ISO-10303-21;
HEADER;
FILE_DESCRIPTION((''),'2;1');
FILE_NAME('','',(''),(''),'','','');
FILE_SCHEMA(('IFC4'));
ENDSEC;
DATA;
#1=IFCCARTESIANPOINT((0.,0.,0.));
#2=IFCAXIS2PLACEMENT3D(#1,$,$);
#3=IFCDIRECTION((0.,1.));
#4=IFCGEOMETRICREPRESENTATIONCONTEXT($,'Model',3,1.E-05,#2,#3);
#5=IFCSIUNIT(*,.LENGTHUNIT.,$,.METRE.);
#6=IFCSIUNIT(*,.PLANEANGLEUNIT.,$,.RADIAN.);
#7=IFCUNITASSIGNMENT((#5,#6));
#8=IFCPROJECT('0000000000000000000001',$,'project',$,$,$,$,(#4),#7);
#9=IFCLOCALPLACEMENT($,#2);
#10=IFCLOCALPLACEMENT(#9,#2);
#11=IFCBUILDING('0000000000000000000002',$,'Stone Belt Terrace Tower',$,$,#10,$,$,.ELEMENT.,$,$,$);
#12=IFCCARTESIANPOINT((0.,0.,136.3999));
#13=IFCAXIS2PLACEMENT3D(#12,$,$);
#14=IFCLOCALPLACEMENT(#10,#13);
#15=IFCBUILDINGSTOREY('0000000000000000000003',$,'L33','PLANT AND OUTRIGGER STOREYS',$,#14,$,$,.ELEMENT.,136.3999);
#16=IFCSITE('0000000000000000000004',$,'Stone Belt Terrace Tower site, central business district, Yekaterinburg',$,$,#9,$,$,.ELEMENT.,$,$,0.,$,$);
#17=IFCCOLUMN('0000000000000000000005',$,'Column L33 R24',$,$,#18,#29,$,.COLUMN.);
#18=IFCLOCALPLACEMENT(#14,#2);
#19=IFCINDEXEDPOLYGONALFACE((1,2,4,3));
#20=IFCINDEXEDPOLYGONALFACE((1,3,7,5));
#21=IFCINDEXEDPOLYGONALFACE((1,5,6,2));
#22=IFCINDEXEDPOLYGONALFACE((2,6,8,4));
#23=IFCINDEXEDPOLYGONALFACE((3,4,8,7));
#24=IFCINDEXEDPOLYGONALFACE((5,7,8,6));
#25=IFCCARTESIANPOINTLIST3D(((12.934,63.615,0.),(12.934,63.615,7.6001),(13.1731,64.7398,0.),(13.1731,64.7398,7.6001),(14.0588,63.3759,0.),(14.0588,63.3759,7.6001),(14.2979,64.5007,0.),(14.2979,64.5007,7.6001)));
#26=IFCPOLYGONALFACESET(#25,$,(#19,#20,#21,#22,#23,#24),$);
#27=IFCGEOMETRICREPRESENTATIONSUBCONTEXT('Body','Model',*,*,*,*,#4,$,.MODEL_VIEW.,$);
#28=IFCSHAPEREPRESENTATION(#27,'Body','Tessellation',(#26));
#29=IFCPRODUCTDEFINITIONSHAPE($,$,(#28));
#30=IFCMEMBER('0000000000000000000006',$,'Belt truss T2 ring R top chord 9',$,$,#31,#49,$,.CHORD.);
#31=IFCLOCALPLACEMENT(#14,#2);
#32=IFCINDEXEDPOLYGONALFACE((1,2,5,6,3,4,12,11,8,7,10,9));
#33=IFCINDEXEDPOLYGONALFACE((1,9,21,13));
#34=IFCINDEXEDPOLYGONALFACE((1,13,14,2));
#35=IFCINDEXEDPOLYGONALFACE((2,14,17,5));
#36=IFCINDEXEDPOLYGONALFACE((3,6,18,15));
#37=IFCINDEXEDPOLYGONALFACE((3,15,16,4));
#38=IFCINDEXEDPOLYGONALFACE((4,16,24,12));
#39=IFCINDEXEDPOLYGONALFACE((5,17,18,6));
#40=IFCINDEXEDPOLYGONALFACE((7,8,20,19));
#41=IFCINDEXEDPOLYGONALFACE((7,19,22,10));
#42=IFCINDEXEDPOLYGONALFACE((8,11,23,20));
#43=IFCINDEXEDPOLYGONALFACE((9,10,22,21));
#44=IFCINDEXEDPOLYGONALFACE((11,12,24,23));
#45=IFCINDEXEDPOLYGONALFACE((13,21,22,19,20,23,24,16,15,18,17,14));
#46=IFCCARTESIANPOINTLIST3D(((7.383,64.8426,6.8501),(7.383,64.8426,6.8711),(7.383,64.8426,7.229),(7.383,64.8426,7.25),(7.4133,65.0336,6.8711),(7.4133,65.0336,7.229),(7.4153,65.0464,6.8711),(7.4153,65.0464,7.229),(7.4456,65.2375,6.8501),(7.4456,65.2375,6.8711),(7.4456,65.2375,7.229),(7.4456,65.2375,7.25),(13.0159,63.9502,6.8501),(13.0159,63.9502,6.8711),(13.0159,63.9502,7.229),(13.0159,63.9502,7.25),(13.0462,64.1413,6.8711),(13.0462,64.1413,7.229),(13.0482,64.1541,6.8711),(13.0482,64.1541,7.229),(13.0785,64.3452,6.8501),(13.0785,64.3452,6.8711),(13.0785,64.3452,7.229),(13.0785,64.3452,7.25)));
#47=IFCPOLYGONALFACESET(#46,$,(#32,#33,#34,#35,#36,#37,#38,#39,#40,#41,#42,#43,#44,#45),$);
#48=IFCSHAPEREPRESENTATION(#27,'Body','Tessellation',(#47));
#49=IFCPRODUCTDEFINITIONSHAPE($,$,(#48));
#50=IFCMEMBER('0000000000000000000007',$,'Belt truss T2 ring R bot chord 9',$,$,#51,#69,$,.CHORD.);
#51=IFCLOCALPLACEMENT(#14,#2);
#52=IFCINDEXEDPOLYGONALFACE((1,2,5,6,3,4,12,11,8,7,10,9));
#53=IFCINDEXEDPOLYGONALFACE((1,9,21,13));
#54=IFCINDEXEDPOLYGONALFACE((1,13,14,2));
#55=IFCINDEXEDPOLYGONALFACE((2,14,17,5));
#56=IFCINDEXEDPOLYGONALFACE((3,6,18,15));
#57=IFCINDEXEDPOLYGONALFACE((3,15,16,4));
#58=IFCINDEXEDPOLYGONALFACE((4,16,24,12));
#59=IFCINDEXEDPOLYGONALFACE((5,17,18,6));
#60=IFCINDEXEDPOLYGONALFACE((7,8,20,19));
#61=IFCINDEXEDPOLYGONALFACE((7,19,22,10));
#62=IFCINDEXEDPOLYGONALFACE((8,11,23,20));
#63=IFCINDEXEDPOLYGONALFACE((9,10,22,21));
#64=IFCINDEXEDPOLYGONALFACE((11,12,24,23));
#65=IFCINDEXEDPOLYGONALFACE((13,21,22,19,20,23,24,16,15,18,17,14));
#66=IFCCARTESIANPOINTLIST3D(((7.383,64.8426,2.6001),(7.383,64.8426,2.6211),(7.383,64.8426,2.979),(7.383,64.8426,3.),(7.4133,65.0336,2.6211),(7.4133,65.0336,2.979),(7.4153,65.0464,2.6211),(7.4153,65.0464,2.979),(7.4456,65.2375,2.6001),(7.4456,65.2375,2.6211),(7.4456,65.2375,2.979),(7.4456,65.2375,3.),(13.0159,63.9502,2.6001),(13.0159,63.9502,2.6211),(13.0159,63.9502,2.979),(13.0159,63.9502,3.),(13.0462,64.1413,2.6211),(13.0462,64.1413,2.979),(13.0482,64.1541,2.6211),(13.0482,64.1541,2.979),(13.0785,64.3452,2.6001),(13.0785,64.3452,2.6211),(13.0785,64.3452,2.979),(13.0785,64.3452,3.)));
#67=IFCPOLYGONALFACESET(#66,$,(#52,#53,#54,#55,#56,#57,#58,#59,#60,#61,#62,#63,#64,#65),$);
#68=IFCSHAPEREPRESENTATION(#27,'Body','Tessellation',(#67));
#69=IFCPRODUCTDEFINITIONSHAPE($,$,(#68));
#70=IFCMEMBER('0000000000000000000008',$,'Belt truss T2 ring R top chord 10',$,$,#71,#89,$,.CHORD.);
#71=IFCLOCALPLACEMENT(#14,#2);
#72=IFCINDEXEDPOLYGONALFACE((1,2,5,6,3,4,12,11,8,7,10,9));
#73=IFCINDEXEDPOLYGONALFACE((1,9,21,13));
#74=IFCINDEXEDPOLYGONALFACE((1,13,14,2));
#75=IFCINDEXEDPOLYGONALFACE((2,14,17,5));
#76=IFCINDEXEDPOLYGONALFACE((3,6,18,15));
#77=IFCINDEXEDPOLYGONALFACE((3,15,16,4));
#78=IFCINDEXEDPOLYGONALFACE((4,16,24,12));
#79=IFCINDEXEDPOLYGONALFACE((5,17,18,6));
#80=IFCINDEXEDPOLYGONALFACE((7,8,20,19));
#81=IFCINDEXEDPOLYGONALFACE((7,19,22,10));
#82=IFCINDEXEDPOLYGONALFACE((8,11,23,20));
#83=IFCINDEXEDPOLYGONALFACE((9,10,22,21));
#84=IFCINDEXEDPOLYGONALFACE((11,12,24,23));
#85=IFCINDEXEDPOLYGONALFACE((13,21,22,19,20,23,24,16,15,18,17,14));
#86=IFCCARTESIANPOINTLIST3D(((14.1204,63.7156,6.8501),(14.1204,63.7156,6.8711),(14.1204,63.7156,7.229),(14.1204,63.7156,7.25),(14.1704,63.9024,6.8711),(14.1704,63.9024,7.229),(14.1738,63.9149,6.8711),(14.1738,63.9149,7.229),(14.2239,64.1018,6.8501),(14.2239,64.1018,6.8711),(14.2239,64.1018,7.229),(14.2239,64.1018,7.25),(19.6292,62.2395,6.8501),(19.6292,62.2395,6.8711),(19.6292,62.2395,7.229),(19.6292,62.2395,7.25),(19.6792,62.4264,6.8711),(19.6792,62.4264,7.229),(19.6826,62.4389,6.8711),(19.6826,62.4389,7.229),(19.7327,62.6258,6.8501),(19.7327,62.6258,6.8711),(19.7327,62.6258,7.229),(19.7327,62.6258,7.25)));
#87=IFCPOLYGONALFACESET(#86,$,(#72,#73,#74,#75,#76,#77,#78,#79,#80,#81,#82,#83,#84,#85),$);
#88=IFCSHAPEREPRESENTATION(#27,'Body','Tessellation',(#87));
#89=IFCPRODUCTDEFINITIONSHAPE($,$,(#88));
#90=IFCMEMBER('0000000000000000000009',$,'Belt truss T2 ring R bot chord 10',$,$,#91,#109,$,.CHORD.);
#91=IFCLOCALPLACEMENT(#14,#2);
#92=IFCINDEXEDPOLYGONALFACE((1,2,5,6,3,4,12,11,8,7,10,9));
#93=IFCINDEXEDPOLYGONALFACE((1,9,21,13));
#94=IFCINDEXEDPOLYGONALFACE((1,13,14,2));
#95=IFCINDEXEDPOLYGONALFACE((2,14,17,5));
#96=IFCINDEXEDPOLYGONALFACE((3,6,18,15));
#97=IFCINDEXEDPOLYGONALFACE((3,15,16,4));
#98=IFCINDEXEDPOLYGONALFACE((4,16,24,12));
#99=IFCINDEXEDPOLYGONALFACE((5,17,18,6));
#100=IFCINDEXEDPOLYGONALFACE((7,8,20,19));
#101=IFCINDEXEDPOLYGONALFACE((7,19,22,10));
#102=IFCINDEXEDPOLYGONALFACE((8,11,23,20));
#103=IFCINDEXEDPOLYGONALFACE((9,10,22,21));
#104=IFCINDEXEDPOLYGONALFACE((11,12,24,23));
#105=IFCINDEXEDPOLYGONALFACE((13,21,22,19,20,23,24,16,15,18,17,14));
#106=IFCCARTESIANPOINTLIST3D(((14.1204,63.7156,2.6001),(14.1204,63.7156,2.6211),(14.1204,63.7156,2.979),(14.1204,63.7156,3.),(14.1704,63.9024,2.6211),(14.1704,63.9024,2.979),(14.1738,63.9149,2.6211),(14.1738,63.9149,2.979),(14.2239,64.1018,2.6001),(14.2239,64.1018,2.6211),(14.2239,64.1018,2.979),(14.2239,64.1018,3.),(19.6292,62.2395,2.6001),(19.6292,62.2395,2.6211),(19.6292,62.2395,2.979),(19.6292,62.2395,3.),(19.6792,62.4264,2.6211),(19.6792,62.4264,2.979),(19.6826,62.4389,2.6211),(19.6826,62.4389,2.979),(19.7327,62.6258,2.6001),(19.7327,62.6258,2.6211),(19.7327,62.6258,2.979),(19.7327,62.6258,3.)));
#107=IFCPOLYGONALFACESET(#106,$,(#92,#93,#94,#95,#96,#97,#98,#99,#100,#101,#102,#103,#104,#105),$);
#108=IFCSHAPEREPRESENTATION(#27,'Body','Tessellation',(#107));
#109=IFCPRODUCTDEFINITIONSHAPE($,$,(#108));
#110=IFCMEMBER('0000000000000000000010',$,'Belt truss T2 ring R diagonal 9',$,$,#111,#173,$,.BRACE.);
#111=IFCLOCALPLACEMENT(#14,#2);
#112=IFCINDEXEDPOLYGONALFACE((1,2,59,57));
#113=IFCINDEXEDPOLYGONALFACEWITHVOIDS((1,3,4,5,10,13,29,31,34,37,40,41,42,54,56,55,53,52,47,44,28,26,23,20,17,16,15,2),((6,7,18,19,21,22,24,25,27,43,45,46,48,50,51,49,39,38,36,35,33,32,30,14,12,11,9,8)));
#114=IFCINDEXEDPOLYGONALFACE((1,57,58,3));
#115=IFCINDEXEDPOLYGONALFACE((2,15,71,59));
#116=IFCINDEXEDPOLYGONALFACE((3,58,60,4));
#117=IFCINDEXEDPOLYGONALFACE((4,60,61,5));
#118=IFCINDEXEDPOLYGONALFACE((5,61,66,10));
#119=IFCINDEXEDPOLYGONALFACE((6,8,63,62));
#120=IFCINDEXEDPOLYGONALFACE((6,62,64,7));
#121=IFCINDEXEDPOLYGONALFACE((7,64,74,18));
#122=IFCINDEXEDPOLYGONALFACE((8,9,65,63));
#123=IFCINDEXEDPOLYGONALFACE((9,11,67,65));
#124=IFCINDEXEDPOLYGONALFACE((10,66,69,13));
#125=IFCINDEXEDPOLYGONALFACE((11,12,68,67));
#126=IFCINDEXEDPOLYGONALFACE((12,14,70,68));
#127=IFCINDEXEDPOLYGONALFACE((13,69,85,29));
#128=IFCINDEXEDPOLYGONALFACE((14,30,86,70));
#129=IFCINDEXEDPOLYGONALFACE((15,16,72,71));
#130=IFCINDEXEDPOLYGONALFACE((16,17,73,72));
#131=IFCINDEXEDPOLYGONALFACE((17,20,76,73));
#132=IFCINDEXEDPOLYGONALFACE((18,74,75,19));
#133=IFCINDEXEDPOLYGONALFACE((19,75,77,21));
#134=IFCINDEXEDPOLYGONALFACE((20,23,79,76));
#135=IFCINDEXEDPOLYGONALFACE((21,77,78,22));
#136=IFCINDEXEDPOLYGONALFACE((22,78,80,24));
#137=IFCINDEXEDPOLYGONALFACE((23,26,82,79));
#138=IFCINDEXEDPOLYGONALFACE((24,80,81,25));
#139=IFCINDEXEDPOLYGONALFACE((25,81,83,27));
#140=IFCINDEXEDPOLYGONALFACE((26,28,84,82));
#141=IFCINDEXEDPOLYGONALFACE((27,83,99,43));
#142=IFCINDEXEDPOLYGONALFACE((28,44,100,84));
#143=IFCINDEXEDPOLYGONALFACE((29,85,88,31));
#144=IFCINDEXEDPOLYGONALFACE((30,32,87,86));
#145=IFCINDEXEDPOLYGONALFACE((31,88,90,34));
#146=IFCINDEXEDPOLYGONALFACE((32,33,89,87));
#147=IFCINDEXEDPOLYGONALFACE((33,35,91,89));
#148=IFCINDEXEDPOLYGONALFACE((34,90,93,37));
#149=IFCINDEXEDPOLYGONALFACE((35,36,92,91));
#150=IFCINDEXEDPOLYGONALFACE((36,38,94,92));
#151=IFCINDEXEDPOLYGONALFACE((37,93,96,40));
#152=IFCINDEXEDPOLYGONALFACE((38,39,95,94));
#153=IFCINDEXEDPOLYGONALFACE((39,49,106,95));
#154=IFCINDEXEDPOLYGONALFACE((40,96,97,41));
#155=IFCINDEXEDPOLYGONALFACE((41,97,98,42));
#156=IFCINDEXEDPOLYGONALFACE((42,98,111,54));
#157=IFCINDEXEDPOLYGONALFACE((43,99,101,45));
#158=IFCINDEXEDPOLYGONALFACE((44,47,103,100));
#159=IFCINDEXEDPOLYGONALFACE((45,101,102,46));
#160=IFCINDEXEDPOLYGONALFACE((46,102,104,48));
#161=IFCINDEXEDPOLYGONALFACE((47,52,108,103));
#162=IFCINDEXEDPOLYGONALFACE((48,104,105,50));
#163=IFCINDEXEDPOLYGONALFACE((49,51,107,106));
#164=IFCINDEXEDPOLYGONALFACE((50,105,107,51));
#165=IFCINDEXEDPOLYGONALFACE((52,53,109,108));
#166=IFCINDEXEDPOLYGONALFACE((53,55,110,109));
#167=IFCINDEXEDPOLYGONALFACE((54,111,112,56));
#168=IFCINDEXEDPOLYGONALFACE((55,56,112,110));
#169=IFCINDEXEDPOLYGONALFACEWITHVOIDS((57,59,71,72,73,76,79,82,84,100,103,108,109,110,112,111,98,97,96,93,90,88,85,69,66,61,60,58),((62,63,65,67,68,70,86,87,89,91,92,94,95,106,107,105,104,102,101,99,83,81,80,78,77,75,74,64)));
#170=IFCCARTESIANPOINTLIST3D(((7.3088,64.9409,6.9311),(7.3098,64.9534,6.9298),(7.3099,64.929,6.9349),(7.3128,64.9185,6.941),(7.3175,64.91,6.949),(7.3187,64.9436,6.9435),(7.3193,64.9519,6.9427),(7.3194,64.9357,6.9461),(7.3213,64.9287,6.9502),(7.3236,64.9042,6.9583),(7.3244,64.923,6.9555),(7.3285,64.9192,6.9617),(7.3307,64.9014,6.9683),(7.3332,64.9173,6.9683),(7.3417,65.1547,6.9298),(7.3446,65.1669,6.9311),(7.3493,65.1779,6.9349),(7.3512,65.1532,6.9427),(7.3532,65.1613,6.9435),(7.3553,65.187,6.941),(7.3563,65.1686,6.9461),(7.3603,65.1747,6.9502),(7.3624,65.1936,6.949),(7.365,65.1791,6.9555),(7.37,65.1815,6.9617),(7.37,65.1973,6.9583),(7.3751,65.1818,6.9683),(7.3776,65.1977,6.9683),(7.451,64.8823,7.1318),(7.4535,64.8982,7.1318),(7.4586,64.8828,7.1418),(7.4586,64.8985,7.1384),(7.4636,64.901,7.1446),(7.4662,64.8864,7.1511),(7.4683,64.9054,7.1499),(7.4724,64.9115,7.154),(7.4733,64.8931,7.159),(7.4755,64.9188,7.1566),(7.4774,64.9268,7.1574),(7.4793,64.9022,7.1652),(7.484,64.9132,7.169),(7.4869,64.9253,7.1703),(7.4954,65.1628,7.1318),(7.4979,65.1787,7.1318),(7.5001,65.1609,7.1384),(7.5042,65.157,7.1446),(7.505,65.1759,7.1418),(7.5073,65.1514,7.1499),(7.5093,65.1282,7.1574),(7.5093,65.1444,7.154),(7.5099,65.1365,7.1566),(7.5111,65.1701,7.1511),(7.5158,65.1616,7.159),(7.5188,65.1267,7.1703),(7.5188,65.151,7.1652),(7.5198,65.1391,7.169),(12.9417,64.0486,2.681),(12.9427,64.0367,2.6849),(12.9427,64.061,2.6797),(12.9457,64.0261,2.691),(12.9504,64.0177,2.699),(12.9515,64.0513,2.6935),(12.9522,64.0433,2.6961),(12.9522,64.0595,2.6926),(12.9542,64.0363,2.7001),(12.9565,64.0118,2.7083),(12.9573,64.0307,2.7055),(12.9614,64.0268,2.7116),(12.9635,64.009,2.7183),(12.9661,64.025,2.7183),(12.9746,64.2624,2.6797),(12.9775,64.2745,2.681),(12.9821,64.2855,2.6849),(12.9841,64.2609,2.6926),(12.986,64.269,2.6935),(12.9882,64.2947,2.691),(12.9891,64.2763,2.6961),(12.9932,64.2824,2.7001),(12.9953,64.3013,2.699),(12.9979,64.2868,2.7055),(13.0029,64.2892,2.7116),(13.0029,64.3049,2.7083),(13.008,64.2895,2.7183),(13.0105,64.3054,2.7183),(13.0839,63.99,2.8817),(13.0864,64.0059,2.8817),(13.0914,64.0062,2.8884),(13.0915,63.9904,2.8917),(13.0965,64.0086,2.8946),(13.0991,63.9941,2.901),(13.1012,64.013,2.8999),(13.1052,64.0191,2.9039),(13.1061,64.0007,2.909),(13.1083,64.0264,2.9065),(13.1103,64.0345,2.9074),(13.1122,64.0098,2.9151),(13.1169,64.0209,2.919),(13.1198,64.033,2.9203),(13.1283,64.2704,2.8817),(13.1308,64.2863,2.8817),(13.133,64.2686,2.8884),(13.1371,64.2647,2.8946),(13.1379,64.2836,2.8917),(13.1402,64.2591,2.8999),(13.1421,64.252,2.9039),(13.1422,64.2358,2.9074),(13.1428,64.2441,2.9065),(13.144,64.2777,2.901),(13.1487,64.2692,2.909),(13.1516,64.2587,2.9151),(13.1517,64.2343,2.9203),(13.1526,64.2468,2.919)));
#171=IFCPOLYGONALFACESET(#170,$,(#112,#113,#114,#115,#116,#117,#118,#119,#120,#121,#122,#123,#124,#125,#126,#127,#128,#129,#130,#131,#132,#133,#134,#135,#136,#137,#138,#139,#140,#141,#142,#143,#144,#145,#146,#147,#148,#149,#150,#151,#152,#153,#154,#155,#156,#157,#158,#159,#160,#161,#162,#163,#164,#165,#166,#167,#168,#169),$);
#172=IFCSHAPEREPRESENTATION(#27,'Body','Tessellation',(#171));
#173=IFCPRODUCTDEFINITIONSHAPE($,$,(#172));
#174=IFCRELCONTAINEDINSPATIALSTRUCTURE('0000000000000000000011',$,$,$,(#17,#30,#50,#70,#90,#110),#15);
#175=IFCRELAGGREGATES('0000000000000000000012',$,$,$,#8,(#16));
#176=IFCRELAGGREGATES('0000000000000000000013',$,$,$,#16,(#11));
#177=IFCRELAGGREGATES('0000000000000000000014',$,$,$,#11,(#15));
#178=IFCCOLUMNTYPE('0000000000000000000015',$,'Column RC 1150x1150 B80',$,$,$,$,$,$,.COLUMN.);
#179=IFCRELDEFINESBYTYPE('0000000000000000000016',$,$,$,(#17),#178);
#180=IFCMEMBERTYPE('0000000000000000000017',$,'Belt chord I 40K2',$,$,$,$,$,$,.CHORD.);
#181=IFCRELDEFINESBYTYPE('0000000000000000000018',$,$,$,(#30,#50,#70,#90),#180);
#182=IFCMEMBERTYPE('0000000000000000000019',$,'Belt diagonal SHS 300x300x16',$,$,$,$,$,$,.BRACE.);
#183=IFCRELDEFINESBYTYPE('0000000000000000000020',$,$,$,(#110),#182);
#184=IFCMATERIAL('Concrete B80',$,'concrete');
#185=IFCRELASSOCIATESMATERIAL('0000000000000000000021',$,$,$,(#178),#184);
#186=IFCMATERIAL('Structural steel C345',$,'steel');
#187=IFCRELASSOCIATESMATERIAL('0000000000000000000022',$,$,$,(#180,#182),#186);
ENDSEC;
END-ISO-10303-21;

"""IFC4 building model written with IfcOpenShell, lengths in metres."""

from ifc_helpers import new_model, si_unit, direction, frame, origin, origin_2d, place, context, subcontext, project, spatial, rectangle, hollow_rectangle, i_section, extrude, material, material_profile, profile_set, type_object, element, save


model = new_model("IFC4")

# Units and contexts
model_context = context("Model", 3, precision=1e-05, world=origin(), true_north=direction((0.0, 1.0)))
body_context = subcontext(model_context, "Body", "Model", "MODEL_VIEW")
ifc_project = project(units=[si_unit("LENGTHUNIT", "METRE"), si_unit("PLANEANGLEUNIT", "RADIAN")], contexts=[model_context])

# Site, building, storey
site_placement = place(None, origin())
site = spatial("IfcSite", under=ifc_project, at=site_placement, Name="Stone Belt Terrace Tower site, central business district, Yekaterinburg", CompositionType="ELEMENT", RefElevation=0.0)
building_placement = place(site_placement, origin())
building = spatial("IfcBuilding", under=site, at=building_placement, Name="Stone Belt Terrace Tower", CompositionType="ELEMENT")
storey_placement = place(building_placement, frame((0.0, 0.0, 136.3999)))
storey = spatial("IfcBuildingStorey", under=building, at=storey_placement, Name="L33", Description="PLANT AND OUTRIGGER STOREYS", CompositionType="ELEMENT", Elevation=136.3999)

# Column
ifc_material_1 = material(Name="Concrete B80", Category="concrete")
ifc_material_profile_1 = material_profile(ifc_material_1, rectangle(XDim=1.1499, YDim=1.1499, at=origin_2d()), Name="RC 1150x1150")
ifc_profile_set_1 = profile_set([ifc_material_profile_1], Name="Concrete B80")
column_type = type_object("IfcColumnType", Name="Column RC 1150x1150 B80", PredefinedType="COLUMN", material=ifc_profile_set_1)
column_placement = place(storey_placement, frame((13.616, 64.0579, 0.0), z_axis=(0.0, 0.0, 1.0), x_axis=(0.978148, -0.207912, 0.0)))
element("IfcColumn", 1, at=column_placement, inside=storey, type_object=column_type, Name="Column L33 R24", PredefinedType="COLUMN", context=body_context, shape_type="SweptSolid", body=[
    extrude(rectangle(XDim=1.1499, YDim=1.1499, at=origin_2d()), origin(), (0.0, 0.0, 1.0), 7.6001),
])

# Members
ifc_material_2 = material(Name="Structural steel C345", Category="steel")
ifc_material_profile_2 = material_profile(ifc_material_2, i_section(OverallWidth=0.3999, OverallDepth=0.3999, WebThickness=0.0129, FlangeThickness=0.021, at=origin_2d()), Name="I 40K2")
ifc_profile_set_2 = profile_set([ifc_material_profile_2], Name="Structural steel C345")
member_type_1 = type_object("IfcMemberType", Name="Belt chord I 40K2", PredefinedType="CHORD", material=ifc_profile_set_2)
for number, where, z_axis, x_axis, name in (
    (2, (7.4143, 65.04, 7.05), (0.987683, -0.156466, 0.0), (0.156466, 0.987683, 0.0), "Belt truss T2 ring R top chord 9"),
    (3, (7.4143, 65.04, 2.8), (0.987683, -0.156466, 0.0), (0.156466, 0.987683, 0.0), "Belt truss T2 ring R bot chord 9"),
    (4, (14.1721, 63.9087, 7.05), (0.965926, -0.258819, 0.0), (0.258819, 0.965926, 0.0), "Belt truss T2 ring R top chord 10"),
    (5, (14.1721, 63.9087, 2.8), (0.965926, -0.258819, 0.0), (0.258819, 0.965926, 0.0), "Belt truss T2 ring R bot chord 10"),
):
    element("IfcMember", number, at=place(storey_placement, frame(where, z_axis=z_axis, x_axis=x_axis)), inside=storey, type_object=member_type_1, Name=name, PredefinedType="CHORD", context=body_context, shape_type="SweptSolid", body=[
        extrude(i_section(OverallWidth=0.3999, OverallDepth=0.3999, WebThickness=0.0129, FlangeThickness=0.021, at=origin_2d()), origin(), (0.0, 0.0, 1.0), 5.7031),
    ])
ifc_material_profile_3 = material_profile(ifc_material_2, hollow_rectangle(XDim=0.3, YDim=0.3, WallThickness=0.0161, InnerFilletRadius=0.032, OuterFilletRadius=0.0481, at=origin_2d()), Name="SHS 300x300x16")
ifc_profile_set_3 = profile_set([ifc_material_profile_3], Name="Structural steel C345")
member_type_2 = type_object("IfcMemberType", Name="Belt diagonal SHS 300x300x16", PredefinedType="BRACE", material=ifc_profile_set_3)
for number, where, z_axis, x_axis, name in (
    (6, (7.4143, 65.04, 7.05), (0.791962, -0.12546, -0.597541), (0.156466, 0.987683, 0.0), "Belt truss T2 ring R diagonal 9"),
):
    element("IfcMember", number, at=place(storey_placement, frame(where, z_axis=z_axis, x_axis=x_axis)), inside=storey, type_object=member_type_2, Name=name, PredefinedType="BRACE", context=body_context, shape_type="SweptSolid", body=[
        extrude(hollow_rectangle(XDim=0.3, YDim=0.3, WallThickness=0.0161, InnerFilletRadius=0.032, OuterFilletRadius=0.0481, at=origin_2d()), origin(), (0.0, 0.0, 1.0), 7.1125),
    ])

save(model, "model.ifc")
